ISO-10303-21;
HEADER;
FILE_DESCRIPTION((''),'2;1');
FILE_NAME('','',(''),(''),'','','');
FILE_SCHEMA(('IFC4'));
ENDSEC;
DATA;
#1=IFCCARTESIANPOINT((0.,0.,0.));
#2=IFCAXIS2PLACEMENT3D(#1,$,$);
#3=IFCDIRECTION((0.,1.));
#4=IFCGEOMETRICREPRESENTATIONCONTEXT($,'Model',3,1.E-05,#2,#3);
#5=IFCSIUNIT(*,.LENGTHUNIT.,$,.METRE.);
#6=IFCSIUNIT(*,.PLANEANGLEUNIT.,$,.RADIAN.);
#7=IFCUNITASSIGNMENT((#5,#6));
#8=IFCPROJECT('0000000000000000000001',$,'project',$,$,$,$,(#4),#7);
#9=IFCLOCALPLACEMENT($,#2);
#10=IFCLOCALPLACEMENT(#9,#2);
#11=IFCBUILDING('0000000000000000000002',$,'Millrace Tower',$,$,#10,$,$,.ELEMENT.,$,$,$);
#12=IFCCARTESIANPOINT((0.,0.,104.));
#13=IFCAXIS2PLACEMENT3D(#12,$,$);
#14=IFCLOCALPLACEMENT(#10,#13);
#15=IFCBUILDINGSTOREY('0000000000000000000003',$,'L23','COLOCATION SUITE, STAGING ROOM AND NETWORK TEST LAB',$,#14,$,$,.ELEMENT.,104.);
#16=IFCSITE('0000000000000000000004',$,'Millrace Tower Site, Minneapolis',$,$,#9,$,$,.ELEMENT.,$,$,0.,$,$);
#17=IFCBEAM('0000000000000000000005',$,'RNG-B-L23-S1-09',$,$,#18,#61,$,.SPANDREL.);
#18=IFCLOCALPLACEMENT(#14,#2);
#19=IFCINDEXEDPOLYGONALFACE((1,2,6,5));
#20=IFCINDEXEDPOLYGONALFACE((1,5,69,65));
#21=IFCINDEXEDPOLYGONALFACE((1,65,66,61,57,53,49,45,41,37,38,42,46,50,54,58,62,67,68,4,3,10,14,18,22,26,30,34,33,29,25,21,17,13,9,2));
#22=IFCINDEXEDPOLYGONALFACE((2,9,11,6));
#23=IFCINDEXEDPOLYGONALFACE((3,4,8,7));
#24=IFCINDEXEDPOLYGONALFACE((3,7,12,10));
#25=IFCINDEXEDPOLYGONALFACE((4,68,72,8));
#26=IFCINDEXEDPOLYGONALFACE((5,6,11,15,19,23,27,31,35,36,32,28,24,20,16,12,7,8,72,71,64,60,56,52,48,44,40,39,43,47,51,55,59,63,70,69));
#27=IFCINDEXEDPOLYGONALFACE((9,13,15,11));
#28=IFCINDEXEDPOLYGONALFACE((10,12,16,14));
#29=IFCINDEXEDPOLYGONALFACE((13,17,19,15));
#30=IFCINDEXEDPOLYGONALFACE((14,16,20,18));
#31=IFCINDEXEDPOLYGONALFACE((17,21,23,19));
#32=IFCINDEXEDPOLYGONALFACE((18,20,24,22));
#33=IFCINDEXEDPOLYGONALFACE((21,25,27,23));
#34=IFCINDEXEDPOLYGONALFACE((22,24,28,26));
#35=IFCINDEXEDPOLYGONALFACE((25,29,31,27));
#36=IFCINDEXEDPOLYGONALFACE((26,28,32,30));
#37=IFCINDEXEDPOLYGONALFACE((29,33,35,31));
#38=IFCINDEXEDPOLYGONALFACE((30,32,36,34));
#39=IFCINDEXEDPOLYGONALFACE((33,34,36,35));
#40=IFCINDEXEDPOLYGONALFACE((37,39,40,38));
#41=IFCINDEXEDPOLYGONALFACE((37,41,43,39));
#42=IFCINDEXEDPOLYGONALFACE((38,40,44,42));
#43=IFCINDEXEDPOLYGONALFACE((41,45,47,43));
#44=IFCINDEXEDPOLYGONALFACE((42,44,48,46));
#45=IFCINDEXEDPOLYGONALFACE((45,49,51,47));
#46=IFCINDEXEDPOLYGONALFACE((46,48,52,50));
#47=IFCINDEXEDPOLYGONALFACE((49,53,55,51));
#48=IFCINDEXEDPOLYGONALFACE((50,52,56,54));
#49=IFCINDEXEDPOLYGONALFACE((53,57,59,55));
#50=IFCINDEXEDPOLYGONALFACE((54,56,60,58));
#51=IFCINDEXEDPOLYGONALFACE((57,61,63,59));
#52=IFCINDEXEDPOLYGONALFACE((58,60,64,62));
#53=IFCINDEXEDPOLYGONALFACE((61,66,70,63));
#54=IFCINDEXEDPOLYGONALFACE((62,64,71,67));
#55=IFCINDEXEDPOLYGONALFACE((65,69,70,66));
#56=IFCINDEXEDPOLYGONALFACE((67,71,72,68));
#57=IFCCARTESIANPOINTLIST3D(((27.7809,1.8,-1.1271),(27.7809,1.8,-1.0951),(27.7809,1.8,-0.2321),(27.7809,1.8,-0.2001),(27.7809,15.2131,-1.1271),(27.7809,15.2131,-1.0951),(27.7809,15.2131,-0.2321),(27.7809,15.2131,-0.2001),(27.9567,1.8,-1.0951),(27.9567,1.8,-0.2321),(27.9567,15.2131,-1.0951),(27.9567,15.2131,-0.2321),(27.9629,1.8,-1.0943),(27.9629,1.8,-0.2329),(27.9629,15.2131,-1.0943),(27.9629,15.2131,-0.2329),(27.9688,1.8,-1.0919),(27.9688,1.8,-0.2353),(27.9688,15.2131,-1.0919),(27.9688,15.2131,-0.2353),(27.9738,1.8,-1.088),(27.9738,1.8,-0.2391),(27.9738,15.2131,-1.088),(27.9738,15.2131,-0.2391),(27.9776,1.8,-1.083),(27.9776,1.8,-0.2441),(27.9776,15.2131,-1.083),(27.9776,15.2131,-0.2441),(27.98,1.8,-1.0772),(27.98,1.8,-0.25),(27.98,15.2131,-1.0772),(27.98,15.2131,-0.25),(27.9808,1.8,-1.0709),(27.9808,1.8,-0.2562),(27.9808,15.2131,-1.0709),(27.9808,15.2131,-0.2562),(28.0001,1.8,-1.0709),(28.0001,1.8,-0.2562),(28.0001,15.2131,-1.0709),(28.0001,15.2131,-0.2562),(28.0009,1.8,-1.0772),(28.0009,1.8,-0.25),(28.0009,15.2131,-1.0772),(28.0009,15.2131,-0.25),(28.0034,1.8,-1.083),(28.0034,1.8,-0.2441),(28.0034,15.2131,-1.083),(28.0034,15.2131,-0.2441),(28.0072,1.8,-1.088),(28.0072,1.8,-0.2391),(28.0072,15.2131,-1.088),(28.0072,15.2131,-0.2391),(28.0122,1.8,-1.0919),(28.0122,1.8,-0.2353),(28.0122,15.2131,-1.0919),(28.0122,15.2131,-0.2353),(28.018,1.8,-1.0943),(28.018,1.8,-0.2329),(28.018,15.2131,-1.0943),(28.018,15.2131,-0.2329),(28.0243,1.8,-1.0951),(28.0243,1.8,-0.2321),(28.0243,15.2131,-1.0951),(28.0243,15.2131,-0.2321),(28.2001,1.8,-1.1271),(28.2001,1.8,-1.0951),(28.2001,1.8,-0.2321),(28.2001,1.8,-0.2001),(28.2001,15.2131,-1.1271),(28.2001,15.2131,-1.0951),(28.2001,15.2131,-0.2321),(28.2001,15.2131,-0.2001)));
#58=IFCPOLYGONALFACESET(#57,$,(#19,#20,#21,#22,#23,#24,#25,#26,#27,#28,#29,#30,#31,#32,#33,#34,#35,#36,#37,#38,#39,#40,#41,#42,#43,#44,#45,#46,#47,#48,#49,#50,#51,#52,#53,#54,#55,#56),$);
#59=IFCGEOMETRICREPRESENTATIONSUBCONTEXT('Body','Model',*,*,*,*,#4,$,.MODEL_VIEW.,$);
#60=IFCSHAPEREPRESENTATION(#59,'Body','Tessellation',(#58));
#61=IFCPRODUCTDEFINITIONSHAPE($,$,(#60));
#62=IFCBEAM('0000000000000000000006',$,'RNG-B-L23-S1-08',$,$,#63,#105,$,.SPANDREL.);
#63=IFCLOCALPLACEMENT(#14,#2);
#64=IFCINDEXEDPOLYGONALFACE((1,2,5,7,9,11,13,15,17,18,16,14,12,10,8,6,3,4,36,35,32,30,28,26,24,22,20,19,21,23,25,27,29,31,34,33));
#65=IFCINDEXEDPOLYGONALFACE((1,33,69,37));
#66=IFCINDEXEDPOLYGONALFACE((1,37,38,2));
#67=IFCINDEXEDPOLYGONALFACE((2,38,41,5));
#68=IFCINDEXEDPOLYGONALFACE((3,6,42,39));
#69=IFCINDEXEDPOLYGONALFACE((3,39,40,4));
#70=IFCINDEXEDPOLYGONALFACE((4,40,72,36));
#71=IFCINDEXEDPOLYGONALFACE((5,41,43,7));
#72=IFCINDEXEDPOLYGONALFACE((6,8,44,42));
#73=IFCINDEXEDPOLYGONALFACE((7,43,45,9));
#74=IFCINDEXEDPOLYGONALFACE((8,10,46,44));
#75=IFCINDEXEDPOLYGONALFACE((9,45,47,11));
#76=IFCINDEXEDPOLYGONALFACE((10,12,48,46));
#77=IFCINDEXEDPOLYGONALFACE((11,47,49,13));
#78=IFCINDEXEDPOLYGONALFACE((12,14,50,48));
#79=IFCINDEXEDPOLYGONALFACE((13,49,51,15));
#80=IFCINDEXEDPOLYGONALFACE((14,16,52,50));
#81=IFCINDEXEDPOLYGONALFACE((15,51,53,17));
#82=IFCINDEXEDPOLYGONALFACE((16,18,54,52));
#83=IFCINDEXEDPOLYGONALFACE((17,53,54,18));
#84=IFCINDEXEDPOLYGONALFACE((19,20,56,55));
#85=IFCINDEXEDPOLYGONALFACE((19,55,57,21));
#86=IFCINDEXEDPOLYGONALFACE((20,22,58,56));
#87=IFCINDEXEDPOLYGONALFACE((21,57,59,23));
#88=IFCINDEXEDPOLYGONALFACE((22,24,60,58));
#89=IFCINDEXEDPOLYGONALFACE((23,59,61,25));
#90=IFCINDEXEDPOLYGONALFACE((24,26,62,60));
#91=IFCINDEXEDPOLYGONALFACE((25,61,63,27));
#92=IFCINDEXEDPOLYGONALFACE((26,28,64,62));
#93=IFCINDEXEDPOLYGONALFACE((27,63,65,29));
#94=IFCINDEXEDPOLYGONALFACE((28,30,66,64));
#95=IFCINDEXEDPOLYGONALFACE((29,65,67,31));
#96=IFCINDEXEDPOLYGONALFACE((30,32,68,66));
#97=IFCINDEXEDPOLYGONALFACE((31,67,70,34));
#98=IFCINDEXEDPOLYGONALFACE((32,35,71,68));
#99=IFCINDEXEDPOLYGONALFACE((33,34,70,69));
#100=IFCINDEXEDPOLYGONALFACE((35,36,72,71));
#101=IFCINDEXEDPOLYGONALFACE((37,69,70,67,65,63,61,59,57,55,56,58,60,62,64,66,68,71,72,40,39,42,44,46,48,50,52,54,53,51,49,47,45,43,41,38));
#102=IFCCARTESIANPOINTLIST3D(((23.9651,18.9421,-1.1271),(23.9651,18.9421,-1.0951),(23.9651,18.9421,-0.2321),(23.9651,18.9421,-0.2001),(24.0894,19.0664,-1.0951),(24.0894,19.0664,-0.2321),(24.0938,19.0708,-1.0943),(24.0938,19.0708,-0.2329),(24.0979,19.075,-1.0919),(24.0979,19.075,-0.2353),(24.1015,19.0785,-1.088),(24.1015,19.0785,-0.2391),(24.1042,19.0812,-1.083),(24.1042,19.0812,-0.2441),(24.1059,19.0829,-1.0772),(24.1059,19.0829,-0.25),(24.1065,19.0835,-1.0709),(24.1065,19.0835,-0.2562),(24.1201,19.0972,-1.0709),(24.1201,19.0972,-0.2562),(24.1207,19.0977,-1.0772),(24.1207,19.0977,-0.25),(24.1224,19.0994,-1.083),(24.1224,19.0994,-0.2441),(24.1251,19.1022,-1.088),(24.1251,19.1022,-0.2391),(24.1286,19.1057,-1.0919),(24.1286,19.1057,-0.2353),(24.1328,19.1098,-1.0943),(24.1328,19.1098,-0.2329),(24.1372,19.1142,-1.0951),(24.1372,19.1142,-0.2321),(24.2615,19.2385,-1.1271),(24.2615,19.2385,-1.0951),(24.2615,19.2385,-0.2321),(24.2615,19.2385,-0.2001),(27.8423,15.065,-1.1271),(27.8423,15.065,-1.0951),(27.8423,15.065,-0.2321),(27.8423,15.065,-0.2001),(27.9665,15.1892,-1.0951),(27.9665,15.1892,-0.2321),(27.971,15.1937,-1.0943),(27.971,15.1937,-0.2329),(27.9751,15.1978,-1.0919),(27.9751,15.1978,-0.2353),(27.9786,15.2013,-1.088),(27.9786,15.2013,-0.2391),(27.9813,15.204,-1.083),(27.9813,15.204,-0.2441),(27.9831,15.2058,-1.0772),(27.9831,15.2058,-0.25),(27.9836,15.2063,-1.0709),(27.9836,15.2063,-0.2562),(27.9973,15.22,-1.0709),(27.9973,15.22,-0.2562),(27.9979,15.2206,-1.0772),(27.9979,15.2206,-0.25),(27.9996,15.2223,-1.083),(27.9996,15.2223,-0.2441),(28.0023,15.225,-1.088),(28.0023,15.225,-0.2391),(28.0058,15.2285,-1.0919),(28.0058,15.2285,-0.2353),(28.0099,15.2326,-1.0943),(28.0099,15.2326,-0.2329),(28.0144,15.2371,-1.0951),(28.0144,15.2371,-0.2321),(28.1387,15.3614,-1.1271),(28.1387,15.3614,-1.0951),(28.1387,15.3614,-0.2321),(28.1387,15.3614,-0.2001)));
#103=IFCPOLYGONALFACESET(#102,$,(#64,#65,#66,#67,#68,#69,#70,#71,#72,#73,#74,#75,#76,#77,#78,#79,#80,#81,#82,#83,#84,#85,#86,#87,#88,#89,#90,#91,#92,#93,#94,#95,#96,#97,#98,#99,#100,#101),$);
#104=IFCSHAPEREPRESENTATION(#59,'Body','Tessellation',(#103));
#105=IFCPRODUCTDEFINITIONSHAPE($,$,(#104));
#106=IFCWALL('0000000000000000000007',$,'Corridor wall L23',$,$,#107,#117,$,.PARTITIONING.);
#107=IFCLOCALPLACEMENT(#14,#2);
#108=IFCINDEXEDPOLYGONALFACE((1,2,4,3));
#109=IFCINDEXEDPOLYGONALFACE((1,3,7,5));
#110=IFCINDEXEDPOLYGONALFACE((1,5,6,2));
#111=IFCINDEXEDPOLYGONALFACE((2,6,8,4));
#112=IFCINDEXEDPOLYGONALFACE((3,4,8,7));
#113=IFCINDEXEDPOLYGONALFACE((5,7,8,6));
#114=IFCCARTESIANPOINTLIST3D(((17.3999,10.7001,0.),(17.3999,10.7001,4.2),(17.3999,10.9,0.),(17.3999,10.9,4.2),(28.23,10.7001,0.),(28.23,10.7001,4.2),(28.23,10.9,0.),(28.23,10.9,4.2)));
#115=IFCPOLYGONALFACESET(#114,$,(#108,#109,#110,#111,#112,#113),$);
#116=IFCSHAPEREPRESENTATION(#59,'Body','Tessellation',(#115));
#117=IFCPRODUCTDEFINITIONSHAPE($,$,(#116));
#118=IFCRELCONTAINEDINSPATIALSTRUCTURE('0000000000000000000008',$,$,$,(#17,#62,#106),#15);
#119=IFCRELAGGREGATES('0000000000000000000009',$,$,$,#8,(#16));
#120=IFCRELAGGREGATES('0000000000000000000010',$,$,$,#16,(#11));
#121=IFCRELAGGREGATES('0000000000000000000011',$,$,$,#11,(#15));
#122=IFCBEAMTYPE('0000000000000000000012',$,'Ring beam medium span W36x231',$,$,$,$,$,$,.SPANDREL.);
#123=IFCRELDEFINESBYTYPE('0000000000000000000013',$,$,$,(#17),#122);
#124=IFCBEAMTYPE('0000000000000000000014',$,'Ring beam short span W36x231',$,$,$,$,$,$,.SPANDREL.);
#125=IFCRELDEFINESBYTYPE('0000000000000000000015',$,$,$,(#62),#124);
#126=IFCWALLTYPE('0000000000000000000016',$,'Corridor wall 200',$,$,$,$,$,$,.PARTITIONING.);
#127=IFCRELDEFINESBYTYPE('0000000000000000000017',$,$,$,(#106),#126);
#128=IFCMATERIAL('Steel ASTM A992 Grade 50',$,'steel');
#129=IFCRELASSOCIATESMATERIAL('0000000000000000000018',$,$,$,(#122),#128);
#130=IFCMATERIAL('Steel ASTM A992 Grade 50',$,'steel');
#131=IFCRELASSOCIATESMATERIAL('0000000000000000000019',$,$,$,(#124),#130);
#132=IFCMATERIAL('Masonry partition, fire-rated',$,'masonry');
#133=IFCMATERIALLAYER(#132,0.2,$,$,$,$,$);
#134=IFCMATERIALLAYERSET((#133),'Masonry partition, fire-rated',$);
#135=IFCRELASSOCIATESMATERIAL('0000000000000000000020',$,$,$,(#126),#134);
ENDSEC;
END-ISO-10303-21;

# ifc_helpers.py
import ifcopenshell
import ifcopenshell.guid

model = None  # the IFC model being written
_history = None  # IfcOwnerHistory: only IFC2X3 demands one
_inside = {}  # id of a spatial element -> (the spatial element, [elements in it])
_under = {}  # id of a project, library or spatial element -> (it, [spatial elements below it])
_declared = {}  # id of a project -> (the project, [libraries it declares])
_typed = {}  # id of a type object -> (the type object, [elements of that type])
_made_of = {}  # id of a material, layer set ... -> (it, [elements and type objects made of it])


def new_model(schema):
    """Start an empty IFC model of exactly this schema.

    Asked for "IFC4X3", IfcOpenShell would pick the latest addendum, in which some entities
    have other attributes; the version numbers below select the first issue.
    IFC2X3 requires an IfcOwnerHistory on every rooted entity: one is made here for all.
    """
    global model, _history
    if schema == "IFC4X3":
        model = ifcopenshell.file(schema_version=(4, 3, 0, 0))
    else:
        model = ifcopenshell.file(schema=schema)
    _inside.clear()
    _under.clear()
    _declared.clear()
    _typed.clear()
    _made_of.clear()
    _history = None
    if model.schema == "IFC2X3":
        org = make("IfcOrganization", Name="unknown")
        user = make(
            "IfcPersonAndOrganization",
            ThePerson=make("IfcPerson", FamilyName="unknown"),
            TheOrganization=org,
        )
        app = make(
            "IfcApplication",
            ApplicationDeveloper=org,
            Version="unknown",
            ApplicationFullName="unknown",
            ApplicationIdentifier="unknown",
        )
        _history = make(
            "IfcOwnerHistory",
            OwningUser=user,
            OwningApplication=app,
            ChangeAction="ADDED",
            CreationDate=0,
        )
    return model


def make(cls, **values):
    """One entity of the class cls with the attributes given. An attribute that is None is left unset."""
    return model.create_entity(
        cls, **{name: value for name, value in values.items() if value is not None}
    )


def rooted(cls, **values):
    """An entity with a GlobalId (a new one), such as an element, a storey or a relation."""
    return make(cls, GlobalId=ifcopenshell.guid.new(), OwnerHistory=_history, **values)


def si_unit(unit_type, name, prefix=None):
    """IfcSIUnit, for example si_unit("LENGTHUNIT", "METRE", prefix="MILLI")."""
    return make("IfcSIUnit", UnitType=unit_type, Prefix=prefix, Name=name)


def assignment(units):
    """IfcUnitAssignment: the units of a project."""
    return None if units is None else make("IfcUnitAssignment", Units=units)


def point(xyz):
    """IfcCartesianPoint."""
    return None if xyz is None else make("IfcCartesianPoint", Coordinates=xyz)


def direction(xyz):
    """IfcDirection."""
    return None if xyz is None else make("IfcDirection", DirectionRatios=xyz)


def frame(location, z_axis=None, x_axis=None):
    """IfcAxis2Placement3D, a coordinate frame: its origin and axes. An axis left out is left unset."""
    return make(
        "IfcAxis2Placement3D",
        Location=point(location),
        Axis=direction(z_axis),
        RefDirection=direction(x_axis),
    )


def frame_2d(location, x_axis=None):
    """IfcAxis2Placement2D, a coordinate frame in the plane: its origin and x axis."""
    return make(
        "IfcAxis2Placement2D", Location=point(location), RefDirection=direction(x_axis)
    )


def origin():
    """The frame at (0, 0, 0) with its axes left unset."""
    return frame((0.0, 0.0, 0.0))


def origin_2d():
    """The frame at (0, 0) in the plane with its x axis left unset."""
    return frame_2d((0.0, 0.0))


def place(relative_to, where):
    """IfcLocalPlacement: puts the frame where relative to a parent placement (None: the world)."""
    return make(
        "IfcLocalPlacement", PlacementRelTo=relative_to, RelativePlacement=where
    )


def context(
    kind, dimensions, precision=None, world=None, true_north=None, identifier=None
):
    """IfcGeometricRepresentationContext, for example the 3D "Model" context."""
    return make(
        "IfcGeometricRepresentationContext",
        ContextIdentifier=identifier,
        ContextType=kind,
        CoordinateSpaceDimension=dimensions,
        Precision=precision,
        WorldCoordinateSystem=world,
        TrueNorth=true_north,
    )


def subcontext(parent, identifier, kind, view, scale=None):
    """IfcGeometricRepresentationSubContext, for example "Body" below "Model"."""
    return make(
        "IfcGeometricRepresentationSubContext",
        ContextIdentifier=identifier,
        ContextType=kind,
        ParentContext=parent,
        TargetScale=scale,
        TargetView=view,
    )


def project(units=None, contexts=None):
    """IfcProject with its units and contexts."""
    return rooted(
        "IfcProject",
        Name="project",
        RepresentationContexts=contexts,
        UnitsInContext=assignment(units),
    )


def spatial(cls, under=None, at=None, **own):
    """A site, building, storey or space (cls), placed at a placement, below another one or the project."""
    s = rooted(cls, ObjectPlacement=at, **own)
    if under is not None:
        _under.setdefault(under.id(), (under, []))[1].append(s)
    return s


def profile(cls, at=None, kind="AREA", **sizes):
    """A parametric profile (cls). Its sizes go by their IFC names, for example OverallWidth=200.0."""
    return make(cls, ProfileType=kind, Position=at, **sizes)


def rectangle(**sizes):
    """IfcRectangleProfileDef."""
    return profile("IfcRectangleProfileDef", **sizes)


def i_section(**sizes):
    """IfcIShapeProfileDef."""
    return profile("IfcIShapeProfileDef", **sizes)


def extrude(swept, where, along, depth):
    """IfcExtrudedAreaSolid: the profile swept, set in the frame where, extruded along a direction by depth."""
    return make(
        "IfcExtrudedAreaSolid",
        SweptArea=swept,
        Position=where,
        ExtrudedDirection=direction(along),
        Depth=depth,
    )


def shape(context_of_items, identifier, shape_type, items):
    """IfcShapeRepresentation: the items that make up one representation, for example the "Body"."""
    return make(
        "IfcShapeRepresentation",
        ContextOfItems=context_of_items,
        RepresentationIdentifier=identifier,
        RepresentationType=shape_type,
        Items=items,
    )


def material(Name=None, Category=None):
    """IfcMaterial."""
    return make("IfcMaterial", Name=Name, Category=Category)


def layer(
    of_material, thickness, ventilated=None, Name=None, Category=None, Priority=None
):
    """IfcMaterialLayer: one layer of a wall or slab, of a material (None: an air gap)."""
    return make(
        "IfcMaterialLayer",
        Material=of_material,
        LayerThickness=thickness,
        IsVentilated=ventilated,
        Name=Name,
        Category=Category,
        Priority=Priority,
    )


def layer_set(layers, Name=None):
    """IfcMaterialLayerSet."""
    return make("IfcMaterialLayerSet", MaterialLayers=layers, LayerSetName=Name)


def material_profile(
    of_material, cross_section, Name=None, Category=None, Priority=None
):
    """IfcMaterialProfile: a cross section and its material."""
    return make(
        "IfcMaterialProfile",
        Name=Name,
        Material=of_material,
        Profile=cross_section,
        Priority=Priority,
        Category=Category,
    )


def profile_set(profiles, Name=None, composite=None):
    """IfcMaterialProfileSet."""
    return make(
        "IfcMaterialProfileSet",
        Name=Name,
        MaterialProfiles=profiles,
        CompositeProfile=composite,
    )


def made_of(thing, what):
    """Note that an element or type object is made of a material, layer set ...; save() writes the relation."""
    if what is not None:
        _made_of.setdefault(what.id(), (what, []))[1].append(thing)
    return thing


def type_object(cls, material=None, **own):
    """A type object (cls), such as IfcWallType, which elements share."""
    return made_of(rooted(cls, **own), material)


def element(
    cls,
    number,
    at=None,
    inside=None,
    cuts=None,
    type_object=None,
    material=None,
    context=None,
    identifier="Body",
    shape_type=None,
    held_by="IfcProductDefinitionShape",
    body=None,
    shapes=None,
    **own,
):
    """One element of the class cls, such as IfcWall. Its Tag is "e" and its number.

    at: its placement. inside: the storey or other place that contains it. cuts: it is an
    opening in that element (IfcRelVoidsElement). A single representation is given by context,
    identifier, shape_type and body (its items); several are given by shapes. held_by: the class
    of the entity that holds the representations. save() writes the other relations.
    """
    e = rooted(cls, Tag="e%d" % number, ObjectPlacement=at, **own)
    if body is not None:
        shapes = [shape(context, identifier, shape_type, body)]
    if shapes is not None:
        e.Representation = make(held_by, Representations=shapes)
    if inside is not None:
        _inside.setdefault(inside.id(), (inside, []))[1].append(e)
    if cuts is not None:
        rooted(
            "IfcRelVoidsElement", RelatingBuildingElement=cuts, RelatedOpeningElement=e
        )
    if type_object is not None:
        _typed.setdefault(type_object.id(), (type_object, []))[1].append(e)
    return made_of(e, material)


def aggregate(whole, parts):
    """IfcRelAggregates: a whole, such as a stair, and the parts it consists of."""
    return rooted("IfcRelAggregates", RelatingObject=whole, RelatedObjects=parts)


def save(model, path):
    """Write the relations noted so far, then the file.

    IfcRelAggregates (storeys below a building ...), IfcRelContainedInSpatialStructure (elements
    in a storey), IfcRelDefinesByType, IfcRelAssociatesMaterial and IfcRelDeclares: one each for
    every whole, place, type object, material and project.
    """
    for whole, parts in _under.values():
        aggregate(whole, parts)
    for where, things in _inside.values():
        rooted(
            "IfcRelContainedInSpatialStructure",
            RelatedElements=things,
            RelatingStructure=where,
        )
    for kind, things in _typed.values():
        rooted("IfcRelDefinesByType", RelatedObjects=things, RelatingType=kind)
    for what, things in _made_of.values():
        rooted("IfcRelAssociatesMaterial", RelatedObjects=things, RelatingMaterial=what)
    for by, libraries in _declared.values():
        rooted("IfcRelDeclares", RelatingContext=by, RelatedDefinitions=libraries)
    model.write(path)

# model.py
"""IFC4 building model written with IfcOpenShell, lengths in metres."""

from ifc_helpers import new_model, si_unit, direction, frame, frame_2d, origin, origin_2d, place, context, subcontext, project, spatial, rectangle, i_section, extrude, material, layer, layer_set, material_profile, profile_set, type_object, element, save


model = new_model("IFC4")

# Units and contexts
model_context = context("Model", 3, precision=1e-05, world=origin(), true_north=direction((0.0, 1.0)))
body_context = subcontext(model_context, "Body", "Model", "MODEL_VIEW")
ifc_project = project(units=[si_unit("LENGTHUNIT", "METRE"), si_unit("PLANEANGLEUNIT", "RADIAN")], contexts=[model_context])

# Site, building, storey
site_placement = place(None, origin())
site = spatial("IfcSite", under=ifc_project, at=site_placement, Name="Millrace Tower Site, Minneapolis", CompositionType="ELEMENT", RefElevation=0.0)
building_placement = place(site_placement, origin())
building = spatial("IfcBuilding", under=site, at=building_placement, Name="Millrace Tower", CompositionType="ELEMENT")
storey_placement = place(building_placement, frame((0.0, 0.0, 104.0)))
storey = spatial("IfcBuildingStorey", under=building, at=storey_placement, Name="L23", Description="COLOCATION SUITE, STAGING ROOM AND NETWORK TEST LAB", CompositionType="ELEMENT", Elevation=104.0)

# Beams
ifc_material_1 = material(Name="Steel ASTM A992 Grade 50", Category="steel")
ifc_material_profile_1 = material_profile(ifc_material_1, i_section(OverallWidth=0.4192, OverallDepth=0.927, WebThickness=0.0193, FlangeThickness=0.032, FilletRadius=0.0242, at=origin_2d()))
ifc_profile_set_1 = profile_set([ifc_material_profile_1], Name="Steel ASTM A992 Grade 50")
beam_type_1 = type_object("IfcBeamType", Name="Ring beam medium span W36x231", PredefinedType="SPANDREL", material=ifc_profile_set_1)
beam_1_placement = place(storey_placement, frame((27.9905, 15.2131, -0.6636), z_axis=(0.0, -1.0, 0.0), x_axis=(1.0, 0.0, 0.0)))
element("IfcBeam", 1, at=beam_1_placement, inside=storey, type_object=beam_type_1, Name="RNG-B-L23-S1-09", PredefinedType="SPANDREL", context=body_context, shape_type="SweptSolid", body=[
    extrude(i_section(OverallWidth=0.4192, OverallDepth=0.927, WebThickness=0.0193, FlangeThickness=0.032, FilletRadius=0.0242, at=origin_2d()), origin(), (0.0, 0.0, 1.0), 13.4131),
])
ifc_material_2 = material(Name="Steel ASTM A992 Grade 50", Category="steel")
ifc_material_profile_2 = material_profile(ifc_material_2, i_section(OverallWidth=0.4192, OverallDepth=0.927, WebThickness=0.0193, FlangeThickness=0.032, FilletRadius=0.0242, at=origin_2d()))
ifc_profile_set_2 = profile_set([ifc_material_profile_2], Name="Steel ASTM A992 Grade 50")
beam_type_2 = type_object("IfcBeamType", Name="Ring beam short span W36x231", PredefinedType="SPANDREL", material=ifc_profile_set_2)
beam_2_placement = place(storey_placement, frame((24.1133, 19.0903, -0.6636), z_axis=(0.707107, -0.707107, 0.0), x_axis=(0.707107, 0.707107, 0.0)))
element("IfcBeam", 2, at=beam_2_placement, inside=storey, type_object=beam_type_2, Name="RNG-B-L23-S1-08", PredefinedType="SPANDREL", context=body_context, shape_type="SweptSolid", body=[
    extrude(i_section(OverallWidth=0.4192, OverallDepth=0.927, WebThickness=0.0193, FlangeThickness=0.032, FilletRadius=0.0242, at=origin_2d()), origin(), (0.0, 0.0, 1.0), 5.4832),
])

# Wall
ifc_material_3 = material(Name="Masonry partition, fire-rated", Category="masonry")
ifc_layer_1 = layer(ifc_material_3, 0.2)
ifc_layer_set_1 = layer_set([ifc_layer_1], Name="Masonry partition, fire-rated")
wall_type = type_object("IfcWallType", Name="Corridor wall 200", PredefinedType="PARTITIONING", material=ifc_layer_set_1)
wall_placement = place(storey_placement, frame((17.3999, 10.8, 0.0), z_axis=(0.0, 0.0, 1.0), x_axis=(1.0, 0.0, 0.0)))
element("IfcWall", 3, at=wall_placement, inside=storey, type_object=wall_type, Name="Corridor wall L23", PredefinedType="PARTITIONING", context=body_context, shape_type="SweptSolid", body=[
    extrude(rectangle(XDim=10.8301, YDim=0.2, at=frame_2d((5.415, 0.0))), origin(), (0.0, 0.0, 1.0), 4.2),
])

save(model, "model.ifc")
